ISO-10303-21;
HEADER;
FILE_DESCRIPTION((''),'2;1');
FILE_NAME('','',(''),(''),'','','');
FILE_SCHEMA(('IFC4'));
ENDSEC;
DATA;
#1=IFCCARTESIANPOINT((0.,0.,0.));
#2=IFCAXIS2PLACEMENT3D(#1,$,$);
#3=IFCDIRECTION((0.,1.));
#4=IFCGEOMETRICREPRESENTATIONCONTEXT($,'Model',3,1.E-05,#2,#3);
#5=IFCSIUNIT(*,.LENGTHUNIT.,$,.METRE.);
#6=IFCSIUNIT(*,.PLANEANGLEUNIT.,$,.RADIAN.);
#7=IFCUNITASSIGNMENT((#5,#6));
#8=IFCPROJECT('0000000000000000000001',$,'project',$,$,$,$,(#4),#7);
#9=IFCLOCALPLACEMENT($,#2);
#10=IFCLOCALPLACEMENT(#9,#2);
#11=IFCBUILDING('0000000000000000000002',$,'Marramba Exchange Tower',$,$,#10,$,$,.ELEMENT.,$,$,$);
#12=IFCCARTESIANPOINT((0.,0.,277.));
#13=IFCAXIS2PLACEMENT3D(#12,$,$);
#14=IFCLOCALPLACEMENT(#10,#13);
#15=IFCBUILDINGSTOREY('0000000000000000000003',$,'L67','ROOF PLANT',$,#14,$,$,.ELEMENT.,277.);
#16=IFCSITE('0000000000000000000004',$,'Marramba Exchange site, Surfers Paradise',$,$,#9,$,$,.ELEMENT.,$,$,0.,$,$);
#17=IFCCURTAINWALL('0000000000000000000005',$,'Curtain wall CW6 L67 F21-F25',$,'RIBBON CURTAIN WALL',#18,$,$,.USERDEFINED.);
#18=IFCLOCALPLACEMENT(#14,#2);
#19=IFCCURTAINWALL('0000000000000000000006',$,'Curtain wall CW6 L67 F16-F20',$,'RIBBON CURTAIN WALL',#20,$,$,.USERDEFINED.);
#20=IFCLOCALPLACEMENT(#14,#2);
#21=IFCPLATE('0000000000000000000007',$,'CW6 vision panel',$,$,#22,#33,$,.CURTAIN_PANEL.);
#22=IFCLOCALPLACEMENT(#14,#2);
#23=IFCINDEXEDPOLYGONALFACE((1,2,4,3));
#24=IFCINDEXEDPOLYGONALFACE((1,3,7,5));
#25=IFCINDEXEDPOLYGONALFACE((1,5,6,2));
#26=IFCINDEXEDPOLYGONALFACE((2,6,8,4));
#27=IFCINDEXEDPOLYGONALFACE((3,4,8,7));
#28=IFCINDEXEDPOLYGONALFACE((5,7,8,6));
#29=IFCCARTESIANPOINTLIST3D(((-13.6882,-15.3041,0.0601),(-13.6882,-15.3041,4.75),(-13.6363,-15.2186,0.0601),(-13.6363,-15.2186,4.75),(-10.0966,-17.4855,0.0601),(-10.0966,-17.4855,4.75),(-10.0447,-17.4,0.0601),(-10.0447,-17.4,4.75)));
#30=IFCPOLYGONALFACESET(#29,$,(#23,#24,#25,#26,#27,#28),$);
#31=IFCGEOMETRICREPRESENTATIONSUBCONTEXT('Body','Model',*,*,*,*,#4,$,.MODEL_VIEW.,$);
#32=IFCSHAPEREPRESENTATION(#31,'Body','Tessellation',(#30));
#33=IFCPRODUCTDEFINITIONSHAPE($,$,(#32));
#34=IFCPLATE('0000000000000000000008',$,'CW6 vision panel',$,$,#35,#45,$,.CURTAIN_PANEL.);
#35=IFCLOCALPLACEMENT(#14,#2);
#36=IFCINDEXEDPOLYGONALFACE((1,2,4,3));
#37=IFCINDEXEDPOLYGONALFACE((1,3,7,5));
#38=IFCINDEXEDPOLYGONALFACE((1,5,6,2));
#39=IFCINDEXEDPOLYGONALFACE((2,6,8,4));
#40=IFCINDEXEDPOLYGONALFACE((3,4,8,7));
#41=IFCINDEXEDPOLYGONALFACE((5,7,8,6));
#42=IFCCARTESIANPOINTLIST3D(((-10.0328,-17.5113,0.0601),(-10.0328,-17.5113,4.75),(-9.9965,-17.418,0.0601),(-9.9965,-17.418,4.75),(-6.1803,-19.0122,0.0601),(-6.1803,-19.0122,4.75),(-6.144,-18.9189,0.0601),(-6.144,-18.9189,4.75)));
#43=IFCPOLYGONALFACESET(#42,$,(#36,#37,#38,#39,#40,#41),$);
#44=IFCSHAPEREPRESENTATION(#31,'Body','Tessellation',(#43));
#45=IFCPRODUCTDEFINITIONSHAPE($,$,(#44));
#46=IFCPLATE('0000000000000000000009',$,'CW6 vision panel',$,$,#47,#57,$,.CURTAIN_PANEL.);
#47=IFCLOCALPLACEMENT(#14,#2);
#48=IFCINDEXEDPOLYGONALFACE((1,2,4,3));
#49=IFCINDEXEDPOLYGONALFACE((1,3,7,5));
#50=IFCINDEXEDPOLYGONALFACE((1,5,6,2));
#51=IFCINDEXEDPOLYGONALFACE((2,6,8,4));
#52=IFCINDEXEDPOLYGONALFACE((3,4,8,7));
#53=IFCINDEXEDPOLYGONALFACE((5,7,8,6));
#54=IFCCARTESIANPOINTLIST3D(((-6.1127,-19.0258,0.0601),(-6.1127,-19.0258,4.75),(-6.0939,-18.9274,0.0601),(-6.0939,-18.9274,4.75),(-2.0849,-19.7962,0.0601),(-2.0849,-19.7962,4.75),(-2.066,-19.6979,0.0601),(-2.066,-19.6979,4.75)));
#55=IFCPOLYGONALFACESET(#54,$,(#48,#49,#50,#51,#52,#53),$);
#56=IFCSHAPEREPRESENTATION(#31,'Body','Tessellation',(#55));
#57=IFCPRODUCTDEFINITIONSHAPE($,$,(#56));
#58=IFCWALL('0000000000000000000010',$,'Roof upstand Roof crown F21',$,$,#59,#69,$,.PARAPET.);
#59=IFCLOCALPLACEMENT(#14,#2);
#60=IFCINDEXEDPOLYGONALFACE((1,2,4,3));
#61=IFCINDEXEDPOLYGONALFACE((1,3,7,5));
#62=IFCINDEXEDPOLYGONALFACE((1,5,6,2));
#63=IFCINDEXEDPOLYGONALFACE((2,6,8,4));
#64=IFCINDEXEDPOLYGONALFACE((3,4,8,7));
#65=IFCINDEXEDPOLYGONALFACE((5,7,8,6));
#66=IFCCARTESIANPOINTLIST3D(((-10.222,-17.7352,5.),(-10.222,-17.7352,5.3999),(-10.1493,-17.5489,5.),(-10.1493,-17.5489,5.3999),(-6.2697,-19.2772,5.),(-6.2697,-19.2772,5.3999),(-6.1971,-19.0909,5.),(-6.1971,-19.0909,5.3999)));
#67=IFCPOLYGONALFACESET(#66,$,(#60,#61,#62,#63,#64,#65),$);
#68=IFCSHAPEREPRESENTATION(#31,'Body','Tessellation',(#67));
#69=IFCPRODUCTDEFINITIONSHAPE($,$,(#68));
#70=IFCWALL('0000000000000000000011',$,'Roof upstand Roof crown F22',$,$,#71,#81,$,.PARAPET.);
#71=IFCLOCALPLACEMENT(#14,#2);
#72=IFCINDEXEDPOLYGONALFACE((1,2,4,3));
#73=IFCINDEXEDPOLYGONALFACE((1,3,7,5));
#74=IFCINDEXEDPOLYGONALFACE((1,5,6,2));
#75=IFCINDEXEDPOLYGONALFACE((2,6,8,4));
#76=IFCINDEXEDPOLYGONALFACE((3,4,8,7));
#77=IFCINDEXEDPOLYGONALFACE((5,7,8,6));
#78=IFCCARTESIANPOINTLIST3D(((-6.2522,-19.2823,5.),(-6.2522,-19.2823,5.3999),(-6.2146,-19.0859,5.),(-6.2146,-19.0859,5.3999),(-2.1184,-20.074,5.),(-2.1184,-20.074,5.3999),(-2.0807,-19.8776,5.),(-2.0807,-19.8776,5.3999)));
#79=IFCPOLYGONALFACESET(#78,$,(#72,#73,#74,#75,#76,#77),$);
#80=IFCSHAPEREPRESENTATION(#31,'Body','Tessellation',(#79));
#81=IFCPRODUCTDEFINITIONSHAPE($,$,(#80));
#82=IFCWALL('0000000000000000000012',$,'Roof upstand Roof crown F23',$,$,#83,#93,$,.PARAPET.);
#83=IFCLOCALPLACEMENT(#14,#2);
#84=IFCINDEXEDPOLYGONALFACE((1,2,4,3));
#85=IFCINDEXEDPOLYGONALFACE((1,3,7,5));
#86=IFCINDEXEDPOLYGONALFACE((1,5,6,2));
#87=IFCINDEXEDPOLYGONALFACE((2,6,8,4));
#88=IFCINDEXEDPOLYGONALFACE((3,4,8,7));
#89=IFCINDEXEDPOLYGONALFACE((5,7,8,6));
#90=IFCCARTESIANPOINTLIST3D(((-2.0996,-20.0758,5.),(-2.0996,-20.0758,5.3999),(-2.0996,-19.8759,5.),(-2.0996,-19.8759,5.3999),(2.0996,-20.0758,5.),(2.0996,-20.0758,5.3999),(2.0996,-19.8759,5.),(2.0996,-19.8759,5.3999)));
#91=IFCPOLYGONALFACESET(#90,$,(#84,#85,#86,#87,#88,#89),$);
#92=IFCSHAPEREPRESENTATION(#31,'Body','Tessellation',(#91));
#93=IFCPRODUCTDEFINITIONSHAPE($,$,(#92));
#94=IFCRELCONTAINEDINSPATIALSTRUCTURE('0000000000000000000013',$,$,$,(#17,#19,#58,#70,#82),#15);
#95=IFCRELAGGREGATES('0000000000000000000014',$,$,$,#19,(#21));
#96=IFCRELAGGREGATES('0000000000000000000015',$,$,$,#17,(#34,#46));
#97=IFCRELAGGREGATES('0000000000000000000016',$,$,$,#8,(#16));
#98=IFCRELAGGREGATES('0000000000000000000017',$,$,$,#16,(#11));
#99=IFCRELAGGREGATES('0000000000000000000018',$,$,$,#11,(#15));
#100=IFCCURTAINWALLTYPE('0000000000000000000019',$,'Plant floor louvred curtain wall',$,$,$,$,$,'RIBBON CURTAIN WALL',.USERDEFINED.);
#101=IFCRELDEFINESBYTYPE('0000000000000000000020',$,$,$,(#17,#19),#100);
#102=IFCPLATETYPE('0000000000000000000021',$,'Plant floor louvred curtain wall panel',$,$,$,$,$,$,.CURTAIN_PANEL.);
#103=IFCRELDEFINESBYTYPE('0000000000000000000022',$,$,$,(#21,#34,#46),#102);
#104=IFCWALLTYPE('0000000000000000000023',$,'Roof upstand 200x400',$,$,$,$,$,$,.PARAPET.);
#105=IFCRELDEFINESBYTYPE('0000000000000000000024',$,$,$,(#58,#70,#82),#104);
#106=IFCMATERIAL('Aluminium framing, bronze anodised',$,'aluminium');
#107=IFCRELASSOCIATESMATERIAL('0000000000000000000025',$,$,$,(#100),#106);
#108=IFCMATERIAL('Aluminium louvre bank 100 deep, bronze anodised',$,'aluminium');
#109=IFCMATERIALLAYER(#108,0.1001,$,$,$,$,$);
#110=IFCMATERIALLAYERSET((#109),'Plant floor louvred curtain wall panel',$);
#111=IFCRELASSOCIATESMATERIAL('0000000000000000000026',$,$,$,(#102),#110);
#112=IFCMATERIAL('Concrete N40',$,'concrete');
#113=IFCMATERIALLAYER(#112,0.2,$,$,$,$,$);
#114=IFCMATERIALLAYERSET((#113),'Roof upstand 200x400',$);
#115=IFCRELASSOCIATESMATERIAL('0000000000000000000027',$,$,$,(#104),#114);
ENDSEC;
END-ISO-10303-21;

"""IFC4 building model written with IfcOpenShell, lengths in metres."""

from ifc_helpers import new_model, si_unit, direction, frame, frame_2d, origin, origin_2d, place, context, subcontext, project, spatial, rectangle, extrude, material, layer, layer_set, type_object, element, aggregate, save


model = new_model("IFC4")

# Units and contexts
model_context = context("Model", 3, precision=1e-05, world=origin(), true_north=direction((0.0, 1.0)))
body_context = subcontext(model_context, "Body", "Model", "MODEL_VIEW")
ifc_project = project(units=[si_unit("LENGTHUNIT", "METRE"), si_unit("PLANEANGLEUNIT", "RADIAN")], contexts=[model_context])

# Site, building, storey
site_placement = place(None, origin())
site = spatial("IfcSite", under=ifc_project, at=site_placement, Name="Marramba Exchange site, Surfers Paradise", CompositionType="ELEMENT", RefElevation=0.0)
building_placement = place(site_placement, origin())
building = spatial("IfcBuilding", under=site, at=building_placement, Name="Marramba Exchange Tower", CompositionType="ELEMENT")
storey_placement = place(building_placement, frame((0.0, 0.0, 277.0)))
storey = spatial("IfcBuildingStorey", under=building, at=storey_placement, Name="L67", Description="ROOF PLANT", CompositionType="ELEMENT", Elevation=277.0)

# Curtain wall
ifc_material_1 = material(Name="Aluminium framing, bronze anodised", Category="aluminium")
curtain_wall_type = type_object("IfcCurtainWallType", Name="Plant floor louvred curtain wall", ElementType="RIBBON CURTAIN WALL", PredefinedType="USERDEFINED", material=ifc_material_1)
curtain_wall_1_placement = place(storey_placement, origin())
curtain_wall_1 = element("IfcCurtainWall", 1, at=curtain_wall_1_placement, inside=storey, type_object=curtain_wall_type, Name="Curtain wall CW6 L67 F21-F25", ObjectType="RIBBON CURTAIN WALL", PredefinedType="USERDEFINED")

# Curtain wall, plate
curtain_wall_2_placement = place(storey_placement, origin())
curtain_wall_2 = element("IfcCurtainWall", 2, at=curtain_wall_2_placement, inside=storey, type_object=curtain_wall_type, Name="Curtain wall CW6 L67 F16-F20", ObjectType="RIBBON CURTAIN WALL", PredefinedType="USERDEFINED")
ifc_material_2 = material(Name="Aluminium louvre bank 100 deep, bronze anodised", Category="aluminium")
ifc_layer_1 = layer(ifc_material_2, 0.1001)
ifc_layer_set_1 = layer_set([ifc_layer_1], Name="Plant floor louvred curtain wall panel")
plate_type = type_object("IfcPlateType", Name="Plant floor louvred curtain wall panel", PredefinedType="CURTAIN_PANEL", material=ifc_layer_set_1)
plate_1_placement = place(storey_placement, frame((-11.8665, -16.3521, 0.0601), z_axis=(0.0, 0.0, 1.0), x_axis=(0.854704, -0.519115, 0.0)))
plate_1 = element("IfcPlate", 3, at=plate_1_placement, type_object=plate_type, Name="CW6 vision panel", PredefinedType="CURTAIN_PANEL", context=body_context, shape_type="SweptSolid", body=[
    extrude(rectangle(XDim=4.2021, YDim=0.1001, at=origin_2d()), origin(), (0.0, 0.0, 1.0), 4.6899),
])
aggregate(curtain_wall_2, [plate_1])

# Plates
plate_2_placement = place(storey_placement, frame((-8.0884, -18.2151, 0.0601), z_axis=(0.0, 0.0, 1.0), x_axis=(0.931785, -0.36301, 0.0)))
plate_2 = element("IfcPlate", 4, at=plate_2_placement, type_object=plate_type, Name="CW6 vision panel", PredefinedType="CURTAIN_PANEL", context=body_context, shape_type="SweptSolid", body=[
    extrude(rectangle(XDim=4.1345, YDim=0.1001, at=origin_2d()), origin(), (0.0, 0.0, 1.0), 4.6899),
])
plate_3_placement = place(storey_placement, frame((-4.0894, -19.3618, 0.0601), z_axis=(0.0, 0.0, 1.0), x_axis=(0.982193, -0.187873, 0.0)))
plate_3 = element("IfcPlate", 5, at=plate_3_placement, type_object=plate_type, Name="CW6 vision panel", PredefinedType="CURTAIN_PANEL", context=body_context, shape_type="SweptSolid", body=[
    extrude(rectangle(XDim=4.1008, YDim=0.1001, at=origin_2d()), origin(), (0.0, 0.0, 1.0), 4.6899),
])
aggregate(curtain_wall_1, [plate_2, plate_3])

# Walls
ifc_material_3 = material(Name="Concrete N40", Category="concrete")
ifc_layer_2 = layer(ifc_material_3, 0.2)
ifc_layer_set_2 = layer_set([ifc_layer_2], Name="Roof upstand 200x400")
wall_type = type_object("IfcWallType", Name="Roof upstand 200x400", PredefinedType="PARAPET", material=ifc_layer_set_2)
wall_1_placement = place(storey_placement, frame((-10.1855, -17.6421, 5.0), z_axis=(0.0, 0.0, 1.0), x_axis=(0.931602, -0.363479, 0.0)))
element("IfcWall", 6, at=wall_1_placement, inside=storey, type_object=wall_type, Name="Roof upstand Roof crown F21", PredefinedType="PARAPET", context=body_context, shape_type="SweptSolid", body=[
    extrude(rectangle(XDim=4.2424, YDim=0.2, at=frame_2d((2.1211, 0.0))), origin(), (0.0, 0.0, 1.0), 0.3999),
])
wall_2_placement = place(storey_placement, frame((-6.2334, -19.1841, 5.0), z_axis=(0.0, 0.0, 1.0), x_axis=(0.982148, -0.188112, 0.0)))
element("IfcWall", 7, at=wall_2_placement, inside=storey, type_object=wall_type, Name="Roof upstand Roof crown F22", PredefinedType="PARAPET", context=body_context, shape_type="SweptSolid", body=[
    extrude(rectangle(XDim=4.209, YDim=0.2, at=frame_2d((2.1045, 0.0))), origin(), (0.0, 0.0, 1.0), 0.3999),
])
wall_3_placement = place(storey_placement, frame((-2.0996, -19.9758, 5.0), z_axis=(0.0, 0.0, 1.0), x_axis=(1.0, 0.0, 0.0)))
element("IfcWall", 8, at=wall_3_placement, inside=storey, type_object=wall_type, Name="Roof upstand Roof crown F23", PredefinedType="PARAPET", context=body_context, shape_type="SweptSolid", body=[
    extrude(rectangle(XDim=4.1992, YDim=0.2, at=frame_2d((2.0996, 0.0))), origin(), (0.0, 0.0, 1.0), 0.3999),
])

save(model, "model.ifc")
